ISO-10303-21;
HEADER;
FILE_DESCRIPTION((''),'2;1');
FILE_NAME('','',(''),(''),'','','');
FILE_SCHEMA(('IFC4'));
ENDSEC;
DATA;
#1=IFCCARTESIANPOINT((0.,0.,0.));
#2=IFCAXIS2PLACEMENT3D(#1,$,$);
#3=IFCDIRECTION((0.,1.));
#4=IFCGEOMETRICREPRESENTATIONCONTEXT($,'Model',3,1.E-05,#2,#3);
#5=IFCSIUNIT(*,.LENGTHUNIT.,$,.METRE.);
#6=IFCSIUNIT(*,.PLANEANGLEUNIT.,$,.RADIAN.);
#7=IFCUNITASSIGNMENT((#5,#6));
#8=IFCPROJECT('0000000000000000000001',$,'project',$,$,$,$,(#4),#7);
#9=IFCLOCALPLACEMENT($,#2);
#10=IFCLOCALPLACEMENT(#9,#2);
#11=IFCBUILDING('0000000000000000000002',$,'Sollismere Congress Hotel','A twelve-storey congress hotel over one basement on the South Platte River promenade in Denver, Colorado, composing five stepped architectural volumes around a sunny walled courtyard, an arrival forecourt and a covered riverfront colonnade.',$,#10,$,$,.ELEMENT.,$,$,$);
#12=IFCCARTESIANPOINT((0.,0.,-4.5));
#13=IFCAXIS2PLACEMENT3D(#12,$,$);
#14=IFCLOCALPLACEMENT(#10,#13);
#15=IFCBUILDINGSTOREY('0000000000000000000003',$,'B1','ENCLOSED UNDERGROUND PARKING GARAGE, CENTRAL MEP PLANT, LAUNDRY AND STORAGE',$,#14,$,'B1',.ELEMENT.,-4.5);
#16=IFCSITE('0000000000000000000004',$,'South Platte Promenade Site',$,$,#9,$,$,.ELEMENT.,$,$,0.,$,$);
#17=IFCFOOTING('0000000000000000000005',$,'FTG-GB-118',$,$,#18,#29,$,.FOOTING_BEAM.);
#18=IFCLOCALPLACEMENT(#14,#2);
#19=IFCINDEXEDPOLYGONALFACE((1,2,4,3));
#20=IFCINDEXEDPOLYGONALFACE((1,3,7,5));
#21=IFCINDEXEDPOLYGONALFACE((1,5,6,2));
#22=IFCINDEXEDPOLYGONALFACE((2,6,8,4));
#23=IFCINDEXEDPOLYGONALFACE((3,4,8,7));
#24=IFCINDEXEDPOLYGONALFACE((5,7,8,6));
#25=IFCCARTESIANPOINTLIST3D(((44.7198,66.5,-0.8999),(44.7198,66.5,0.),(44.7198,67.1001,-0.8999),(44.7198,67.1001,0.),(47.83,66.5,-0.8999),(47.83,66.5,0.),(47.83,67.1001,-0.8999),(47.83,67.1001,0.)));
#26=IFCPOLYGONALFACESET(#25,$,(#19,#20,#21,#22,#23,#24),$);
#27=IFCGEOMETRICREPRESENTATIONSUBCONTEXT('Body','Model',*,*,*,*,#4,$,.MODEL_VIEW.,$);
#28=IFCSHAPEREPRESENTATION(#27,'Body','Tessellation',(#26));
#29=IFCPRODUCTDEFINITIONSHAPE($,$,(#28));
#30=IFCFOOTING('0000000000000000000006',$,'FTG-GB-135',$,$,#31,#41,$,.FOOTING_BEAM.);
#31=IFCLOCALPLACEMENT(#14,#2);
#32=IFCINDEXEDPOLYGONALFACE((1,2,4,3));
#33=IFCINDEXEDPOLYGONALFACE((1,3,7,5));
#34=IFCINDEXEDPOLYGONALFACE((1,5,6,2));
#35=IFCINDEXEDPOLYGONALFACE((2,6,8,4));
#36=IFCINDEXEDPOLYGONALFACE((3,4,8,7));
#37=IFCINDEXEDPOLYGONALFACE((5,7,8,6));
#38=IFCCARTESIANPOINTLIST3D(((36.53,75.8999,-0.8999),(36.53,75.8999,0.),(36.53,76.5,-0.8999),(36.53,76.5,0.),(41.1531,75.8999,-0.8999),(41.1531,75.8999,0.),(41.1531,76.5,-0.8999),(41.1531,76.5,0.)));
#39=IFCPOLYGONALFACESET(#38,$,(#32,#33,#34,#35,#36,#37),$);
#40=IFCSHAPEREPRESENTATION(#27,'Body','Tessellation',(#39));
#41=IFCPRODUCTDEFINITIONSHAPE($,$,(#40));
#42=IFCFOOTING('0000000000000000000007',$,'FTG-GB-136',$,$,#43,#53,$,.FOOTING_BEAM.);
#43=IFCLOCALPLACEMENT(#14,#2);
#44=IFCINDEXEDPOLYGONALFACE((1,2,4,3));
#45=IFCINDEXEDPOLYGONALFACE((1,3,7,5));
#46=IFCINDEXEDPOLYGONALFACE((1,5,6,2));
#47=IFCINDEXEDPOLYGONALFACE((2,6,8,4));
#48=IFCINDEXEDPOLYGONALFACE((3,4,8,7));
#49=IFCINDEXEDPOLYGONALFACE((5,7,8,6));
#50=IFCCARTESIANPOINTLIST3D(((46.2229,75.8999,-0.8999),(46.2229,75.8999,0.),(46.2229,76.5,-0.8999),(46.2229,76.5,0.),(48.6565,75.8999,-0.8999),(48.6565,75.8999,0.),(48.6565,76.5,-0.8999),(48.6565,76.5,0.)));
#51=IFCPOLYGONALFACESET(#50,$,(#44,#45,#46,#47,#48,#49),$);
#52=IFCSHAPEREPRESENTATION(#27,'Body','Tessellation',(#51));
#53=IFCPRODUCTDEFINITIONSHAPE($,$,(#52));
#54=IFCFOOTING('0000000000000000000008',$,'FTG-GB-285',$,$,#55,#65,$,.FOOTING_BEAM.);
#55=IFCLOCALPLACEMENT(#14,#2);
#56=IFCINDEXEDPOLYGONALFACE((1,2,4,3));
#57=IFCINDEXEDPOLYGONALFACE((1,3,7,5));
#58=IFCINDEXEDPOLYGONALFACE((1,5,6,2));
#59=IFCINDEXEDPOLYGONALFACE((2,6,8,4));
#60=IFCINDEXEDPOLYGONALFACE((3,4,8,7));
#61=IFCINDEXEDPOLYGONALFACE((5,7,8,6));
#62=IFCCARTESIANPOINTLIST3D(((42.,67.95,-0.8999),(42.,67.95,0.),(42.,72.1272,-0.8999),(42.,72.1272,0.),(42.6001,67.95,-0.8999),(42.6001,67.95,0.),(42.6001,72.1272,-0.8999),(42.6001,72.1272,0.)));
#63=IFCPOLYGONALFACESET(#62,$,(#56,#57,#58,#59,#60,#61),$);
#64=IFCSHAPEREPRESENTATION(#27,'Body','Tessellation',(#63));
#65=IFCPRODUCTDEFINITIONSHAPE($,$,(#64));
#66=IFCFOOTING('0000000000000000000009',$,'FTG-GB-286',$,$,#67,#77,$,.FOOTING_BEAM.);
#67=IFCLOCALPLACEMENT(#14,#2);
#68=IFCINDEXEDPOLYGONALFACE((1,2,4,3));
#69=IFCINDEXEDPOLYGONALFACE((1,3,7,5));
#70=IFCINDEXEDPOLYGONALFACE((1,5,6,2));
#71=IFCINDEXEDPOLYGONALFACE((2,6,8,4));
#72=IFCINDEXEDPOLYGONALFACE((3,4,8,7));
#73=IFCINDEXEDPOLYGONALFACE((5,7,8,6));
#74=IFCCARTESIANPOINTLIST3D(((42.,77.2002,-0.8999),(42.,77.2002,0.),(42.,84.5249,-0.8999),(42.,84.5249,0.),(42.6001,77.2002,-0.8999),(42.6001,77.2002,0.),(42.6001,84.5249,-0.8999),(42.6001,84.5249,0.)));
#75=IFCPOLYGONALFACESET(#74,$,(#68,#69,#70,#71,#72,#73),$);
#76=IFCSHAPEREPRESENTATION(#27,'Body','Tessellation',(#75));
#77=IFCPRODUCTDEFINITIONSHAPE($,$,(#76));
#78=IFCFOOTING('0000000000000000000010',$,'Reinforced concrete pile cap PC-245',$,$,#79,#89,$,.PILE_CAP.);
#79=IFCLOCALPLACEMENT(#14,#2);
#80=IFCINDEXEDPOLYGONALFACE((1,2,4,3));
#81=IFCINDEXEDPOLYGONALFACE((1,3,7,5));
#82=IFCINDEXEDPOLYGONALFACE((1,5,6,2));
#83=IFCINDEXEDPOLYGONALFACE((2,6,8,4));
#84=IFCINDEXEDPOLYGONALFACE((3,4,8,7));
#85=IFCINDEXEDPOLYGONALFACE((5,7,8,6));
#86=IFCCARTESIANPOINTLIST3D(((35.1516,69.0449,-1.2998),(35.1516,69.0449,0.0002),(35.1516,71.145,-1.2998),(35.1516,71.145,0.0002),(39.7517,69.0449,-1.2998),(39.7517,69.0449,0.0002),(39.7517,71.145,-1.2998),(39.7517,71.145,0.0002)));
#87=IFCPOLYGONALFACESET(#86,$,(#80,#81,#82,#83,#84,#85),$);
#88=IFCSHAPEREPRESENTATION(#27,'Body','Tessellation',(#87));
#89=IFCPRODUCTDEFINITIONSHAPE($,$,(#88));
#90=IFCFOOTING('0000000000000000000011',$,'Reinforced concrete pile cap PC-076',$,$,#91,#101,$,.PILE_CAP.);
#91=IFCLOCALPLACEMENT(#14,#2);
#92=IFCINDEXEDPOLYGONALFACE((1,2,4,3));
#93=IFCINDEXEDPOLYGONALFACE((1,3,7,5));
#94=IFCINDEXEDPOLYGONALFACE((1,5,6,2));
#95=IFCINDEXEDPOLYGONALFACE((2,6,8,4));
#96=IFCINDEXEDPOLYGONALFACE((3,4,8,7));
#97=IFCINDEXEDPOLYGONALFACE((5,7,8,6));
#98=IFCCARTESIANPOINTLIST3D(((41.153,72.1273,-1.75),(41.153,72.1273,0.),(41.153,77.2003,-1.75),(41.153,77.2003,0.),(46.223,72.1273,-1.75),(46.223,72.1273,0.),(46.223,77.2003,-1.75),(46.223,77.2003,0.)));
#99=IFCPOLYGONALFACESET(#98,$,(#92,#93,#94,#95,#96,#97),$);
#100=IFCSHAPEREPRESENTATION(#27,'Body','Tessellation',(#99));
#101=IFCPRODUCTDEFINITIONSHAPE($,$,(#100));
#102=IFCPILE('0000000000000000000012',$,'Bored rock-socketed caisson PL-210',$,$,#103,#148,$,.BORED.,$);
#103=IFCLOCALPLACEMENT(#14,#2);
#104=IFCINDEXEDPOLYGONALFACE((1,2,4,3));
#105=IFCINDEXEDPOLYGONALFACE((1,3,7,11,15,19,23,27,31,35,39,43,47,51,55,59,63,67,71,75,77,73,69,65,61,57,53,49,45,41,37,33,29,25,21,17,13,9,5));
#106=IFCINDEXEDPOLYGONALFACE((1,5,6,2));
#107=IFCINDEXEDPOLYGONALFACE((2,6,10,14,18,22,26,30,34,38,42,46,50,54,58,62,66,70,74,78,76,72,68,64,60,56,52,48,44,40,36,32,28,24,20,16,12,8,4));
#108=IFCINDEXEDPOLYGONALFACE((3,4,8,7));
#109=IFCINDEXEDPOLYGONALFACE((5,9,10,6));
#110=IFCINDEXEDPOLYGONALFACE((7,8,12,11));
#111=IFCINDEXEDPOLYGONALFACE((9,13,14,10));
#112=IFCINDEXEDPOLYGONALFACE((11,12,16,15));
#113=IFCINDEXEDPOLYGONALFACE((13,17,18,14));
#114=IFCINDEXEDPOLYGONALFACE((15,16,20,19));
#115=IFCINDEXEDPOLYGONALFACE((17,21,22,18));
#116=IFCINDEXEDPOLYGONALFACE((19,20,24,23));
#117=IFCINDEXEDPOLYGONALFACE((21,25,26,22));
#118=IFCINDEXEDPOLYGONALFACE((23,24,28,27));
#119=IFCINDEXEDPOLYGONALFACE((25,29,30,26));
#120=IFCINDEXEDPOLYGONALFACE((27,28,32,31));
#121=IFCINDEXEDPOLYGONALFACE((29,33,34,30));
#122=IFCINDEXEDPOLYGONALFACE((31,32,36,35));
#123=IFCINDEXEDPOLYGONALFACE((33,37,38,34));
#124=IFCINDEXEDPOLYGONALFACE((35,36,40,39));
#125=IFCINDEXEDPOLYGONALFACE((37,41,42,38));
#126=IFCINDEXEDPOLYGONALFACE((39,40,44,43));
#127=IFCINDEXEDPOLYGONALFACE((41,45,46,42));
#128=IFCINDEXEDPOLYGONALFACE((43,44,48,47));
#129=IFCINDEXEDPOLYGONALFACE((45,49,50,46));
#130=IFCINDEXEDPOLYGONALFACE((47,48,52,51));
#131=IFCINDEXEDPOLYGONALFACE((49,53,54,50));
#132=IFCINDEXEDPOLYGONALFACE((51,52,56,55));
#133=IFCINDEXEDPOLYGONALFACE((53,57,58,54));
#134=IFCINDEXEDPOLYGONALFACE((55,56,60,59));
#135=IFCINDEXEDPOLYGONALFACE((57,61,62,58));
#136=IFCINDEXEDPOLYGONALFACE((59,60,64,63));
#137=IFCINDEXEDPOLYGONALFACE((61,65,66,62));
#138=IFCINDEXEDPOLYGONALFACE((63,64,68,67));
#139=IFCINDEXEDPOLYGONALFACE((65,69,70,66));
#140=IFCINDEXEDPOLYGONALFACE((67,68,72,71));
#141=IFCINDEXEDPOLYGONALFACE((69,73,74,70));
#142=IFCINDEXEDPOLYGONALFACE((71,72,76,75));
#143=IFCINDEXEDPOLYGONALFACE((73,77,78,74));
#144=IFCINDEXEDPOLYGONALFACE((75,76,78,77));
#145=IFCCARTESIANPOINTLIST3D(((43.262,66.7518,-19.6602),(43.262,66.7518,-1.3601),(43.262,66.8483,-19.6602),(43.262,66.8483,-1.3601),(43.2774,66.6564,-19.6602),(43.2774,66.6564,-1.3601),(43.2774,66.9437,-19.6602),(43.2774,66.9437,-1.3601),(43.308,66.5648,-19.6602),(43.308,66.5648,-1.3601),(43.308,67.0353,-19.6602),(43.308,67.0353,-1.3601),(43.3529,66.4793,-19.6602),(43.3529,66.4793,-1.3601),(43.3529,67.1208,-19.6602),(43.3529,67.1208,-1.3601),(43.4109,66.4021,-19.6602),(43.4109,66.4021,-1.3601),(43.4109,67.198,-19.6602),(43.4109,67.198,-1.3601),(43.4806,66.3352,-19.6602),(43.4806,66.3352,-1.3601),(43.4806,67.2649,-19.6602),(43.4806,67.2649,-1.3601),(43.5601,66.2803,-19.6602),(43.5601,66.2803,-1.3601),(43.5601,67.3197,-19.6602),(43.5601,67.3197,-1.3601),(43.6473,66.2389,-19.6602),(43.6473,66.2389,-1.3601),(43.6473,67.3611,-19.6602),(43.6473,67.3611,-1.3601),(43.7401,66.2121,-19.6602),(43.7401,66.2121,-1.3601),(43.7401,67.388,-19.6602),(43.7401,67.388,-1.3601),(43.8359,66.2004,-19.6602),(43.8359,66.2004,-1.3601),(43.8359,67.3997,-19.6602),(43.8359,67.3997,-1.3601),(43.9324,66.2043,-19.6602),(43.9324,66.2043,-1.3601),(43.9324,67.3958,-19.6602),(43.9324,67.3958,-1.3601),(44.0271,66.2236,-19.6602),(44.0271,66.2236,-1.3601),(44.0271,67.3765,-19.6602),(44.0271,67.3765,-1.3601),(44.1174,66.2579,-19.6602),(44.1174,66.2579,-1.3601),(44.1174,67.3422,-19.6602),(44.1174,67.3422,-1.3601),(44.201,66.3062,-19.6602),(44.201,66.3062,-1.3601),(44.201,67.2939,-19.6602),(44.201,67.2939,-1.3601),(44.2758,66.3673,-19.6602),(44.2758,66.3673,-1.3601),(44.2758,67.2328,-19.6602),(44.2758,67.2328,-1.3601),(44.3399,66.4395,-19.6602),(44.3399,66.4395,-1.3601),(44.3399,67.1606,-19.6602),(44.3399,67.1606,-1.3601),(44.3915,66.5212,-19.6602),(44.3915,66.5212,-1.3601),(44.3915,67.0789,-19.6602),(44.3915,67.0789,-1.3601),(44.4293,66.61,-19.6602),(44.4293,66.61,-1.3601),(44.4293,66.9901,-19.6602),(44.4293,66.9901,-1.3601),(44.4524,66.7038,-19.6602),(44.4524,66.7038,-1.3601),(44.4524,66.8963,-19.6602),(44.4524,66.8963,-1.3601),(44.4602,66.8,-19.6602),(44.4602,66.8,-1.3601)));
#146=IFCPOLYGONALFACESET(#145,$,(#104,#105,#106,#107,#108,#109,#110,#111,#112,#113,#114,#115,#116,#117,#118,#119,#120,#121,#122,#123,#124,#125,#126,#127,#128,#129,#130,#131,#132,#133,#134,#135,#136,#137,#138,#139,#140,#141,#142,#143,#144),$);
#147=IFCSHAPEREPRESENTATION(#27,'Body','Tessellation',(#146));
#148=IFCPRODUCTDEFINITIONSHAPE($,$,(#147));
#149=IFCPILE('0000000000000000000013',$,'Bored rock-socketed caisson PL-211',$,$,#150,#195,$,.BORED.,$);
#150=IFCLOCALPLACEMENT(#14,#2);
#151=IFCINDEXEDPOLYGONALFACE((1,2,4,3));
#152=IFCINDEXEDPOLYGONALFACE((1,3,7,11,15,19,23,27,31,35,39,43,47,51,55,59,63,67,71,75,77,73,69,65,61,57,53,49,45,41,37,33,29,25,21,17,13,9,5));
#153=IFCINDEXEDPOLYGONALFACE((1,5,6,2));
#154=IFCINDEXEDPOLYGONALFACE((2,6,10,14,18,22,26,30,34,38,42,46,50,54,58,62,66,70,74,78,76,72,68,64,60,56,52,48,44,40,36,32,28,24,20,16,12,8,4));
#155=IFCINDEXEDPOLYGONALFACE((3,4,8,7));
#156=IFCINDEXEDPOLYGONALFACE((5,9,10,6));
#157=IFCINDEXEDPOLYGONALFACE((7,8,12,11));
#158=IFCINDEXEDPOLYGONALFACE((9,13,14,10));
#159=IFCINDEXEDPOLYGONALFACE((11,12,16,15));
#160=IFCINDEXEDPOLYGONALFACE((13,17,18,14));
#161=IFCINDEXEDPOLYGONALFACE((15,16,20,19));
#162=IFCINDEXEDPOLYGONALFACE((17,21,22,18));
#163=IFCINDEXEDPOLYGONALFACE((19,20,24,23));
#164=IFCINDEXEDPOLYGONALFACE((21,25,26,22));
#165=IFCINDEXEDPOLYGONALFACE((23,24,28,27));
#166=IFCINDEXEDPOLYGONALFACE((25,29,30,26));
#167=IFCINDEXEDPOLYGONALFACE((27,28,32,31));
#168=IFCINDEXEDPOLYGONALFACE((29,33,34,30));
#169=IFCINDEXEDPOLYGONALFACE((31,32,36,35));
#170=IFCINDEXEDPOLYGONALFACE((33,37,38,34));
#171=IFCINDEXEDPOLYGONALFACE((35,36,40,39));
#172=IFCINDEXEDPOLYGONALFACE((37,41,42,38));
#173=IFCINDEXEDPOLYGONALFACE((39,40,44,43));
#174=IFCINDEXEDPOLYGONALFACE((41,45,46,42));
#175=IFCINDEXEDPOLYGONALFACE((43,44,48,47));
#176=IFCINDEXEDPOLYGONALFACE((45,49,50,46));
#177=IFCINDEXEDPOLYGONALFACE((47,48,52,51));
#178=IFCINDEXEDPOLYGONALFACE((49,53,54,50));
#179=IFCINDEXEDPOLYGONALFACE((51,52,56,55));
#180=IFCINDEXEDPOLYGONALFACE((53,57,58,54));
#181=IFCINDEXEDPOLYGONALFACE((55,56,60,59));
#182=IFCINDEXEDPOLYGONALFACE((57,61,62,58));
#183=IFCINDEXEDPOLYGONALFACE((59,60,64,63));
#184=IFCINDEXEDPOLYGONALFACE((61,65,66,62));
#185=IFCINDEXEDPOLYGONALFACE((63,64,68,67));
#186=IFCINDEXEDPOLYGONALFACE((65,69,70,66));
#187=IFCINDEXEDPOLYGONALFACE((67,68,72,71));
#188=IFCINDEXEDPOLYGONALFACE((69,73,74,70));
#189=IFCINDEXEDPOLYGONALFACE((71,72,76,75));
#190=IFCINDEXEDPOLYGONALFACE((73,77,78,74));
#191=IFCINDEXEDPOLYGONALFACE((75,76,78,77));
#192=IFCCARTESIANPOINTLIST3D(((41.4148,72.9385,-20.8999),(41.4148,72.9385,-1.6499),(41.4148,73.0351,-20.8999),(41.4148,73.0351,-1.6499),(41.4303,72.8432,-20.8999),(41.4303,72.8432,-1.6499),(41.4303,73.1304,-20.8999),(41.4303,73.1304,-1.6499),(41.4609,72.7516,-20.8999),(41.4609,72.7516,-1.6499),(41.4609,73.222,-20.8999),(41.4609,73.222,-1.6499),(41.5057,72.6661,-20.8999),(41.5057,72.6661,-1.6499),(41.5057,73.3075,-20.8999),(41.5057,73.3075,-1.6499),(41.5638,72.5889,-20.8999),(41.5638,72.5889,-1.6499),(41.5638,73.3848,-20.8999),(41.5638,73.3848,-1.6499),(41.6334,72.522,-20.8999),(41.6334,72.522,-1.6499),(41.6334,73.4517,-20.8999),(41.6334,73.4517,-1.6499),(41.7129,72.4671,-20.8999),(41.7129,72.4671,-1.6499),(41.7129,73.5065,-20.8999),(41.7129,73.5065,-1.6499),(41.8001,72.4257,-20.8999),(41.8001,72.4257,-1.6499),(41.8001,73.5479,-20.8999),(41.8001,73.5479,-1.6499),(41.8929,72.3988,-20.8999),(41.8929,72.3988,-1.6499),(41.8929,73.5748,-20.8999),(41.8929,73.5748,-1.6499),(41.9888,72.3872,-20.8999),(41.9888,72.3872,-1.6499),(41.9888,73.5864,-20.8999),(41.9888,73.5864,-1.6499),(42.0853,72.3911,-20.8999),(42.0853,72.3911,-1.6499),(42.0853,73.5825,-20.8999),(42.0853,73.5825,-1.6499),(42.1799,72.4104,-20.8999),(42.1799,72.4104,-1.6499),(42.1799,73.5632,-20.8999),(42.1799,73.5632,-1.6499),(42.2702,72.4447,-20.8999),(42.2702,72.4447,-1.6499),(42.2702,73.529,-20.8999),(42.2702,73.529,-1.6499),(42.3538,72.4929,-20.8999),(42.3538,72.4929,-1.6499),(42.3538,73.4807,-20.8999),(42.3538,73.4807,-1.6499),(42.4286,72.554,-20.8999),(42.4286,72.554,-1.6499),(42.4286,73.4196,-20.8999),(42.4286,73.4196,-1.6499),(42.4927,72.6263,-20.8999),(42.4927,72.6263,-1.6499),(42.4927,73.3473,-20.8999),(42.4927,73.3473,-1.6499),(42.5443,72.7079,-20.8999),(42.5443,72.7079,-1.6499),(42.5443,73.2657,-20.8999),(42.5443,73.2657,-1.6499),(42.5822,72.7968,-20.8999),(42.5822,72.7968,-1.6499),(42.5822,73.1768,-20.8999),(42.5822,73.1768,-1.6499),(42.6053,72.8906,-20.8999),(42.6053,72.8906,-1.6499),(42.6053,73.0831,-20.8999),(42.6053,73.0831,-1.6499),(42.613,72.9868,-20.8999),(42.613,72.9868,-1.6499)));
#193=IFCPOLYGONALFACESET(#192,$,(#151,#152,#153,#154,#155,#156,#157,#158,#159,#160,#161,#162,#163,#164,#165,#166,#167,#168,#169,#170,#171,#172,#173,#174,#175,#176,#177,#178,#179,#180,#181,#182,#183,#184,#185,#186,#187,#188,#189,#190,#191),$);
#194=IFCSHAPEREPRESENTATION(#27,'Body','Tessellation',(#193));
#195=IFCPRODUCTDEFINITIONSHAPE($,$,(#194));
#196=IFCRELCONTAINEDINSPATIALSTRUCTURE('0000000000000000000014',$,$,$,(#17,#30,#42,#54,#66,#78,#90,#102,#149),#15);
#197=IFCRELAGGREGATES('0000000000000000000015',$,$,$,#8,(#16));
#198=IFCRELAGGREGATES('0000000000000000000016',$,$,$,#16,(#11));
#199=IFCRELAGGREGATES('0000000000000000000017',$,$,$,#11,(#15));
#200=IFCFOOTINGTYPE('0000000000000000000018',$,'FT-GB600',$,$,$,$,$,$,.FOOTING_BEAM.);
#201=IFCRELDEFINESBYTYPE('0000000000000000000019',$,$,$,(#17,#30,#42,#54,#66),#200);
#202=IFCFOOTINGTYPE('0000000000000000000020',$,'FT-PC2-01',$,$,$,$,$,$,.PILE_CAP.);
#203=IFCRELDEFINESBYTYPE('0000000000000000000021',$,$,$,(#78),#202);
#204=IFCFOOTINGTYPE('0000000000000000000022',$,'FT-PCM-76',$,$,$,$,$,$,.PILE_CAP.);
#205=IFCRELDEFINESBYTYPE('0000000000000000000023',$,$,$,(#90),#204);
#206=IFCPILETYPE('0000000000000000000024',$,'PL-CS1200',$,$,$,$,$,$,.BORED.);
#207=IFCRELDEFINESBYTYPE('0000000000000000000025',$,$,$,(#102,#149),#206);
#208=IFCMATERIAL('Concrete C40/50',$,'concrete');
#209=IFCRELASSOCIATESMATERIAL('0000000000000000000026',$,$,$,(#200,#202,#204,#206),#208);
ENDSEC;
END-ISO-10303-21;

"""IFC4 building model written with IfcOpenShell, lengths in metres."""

from ifc_helpers import new_model, si_unit, direction, frame, origin, origin_2d, place, context, subcontext, project, spatial, rectangle, circle, extrude, material, material_profile, profile_set, type_object, element, save


model = new_model("IFC4")

# Units and contexts
model_context = context("Model", 3, precision=1e-05, world=origin(), true_north=direction((0.0, 1.0)))
body_context = subcontext(model_context, "Body", "Model", "MODEL_VIEW")
ifc_project = project(units=[si_unit("LENGTHUNIT", "METRE"), si_unit("PLANEANGLEUNIT", "RADIAN")], contexts=[model_context])

# Site, building, storey
site_placement = place(None, origin())
site = spatial("IfcSite", under=ifc_project, at=site_placement, Name="South Platte Promenade Site", CompositionType="ELEMENT", RefElevation=0.0)
building_placement = place(site_placement, origin())
building = spatial("IfcBuilding", under=site, at=building_placement, Name="Sollismere Congress Hotel", Description="A twelve-storey congress hotel over one basement on the South Platte River promenade in Denver, Colorado, composing five stepped architectural volumes around a sunny walled courtyard, an arrival forecourt and a covered riverfront colonnade.", CompositionType="ELEMENT")
storey_placement = place(building_placement, frame((0.0, 0.0, -4.5)))
storey = spatial("IfcBuildingStorey", under=building, at=storey_placement, Name="B1", Description="ENCLOSED UNDERGROUND PARKING GARAGE, CENTRAL MEP PLANT, LAUNDRY AND STORAGE", LongName="B1", CompositionType="ELEMENT", Elevation=-4.5)

# Footings
ifc_material_1 = material(Name="Concrete C40/50", Category="concrete")
footing_type_1 = type_object("IfcFootingType", Name="FT-GB600", PredefinedType="FOOTING_BEAM", material=ifc_material_1)
footing_1_placement = place(storey_placement, frame((46.2749, 66.8, -0.8999), z_axis=(0.0, 0.0, 1.0), x_axis=(1.0, 0.0, 0.0)))
element("IfcFooting", 1, at=footing_1_placement, inside=storey, type_object=footing_type_1, Name="FTG-GB-118", PredefinedType="FOOTING_BEAM", context=body_context, shape_type="SweptSolid", body=[
    extrude(rectangle(XDim=3.1101, YDim=0.6001, at=origin_2d()), origin(), (0.0, 0.0, 1.0), 0.8999),
])
footing_2_placement = place(storey_placement, frame((38.8416, 76.2, -0.8999), z_axis=(0.0, 0.0, 1.0), x_axis=(1.0, 0.0, 0.0)))
element("IfcFooting", 2, at=footing_2_placement, inside=storey, type_object=footing_type_1, Name="FTG-GB-135", PredefinedType="FOOTING_BEAM", context=body_context, shape_type="SweptSolid", body=[
    extrude(rectangle(XDim=4.623, YDim=0.6001, at=origin_2d()), origin(), (0.0, 0.0, 1.0), 0.8999),
])
footing_3_placement = place(storey_placement, frame((47.4397, 76.2, -0.8999), z_axis=(0.0, 0.0, 1.0), x_axis=(1.0, 0.0, 0.0)))
element("IfcFooting", 3, at=footing_3_placement, inside=storey, type_object=footing_type_1, Name="FTG-GB-136", PredefinedType="FOOTING_BEAM", context=body_context, shape_type="SweptSolid", body=[
    extrude(rectangle(XDim=2.4336, YDim=0.6001, at=origin_2d()), origin(), (0.0, 0.0, 1.0), 0.8999),
])
footing_4_placement = place(storey_placement, frame((42.3, 70.0386, -0.8999), z_axis=(0.0, 0.0, 1.0), x_axis=(0.0, 1.0, 0.0)))
element("IfcFooting", 4, at=footing_4_placement, inside=storey, type_object=footing_type_1, Name="FTG-GB-285", PredefinedType="FOOTING_BEAM", context=body_context, shape_type="SweptSolid", body=[
    extrude(rectangle(XDim=4.1772, YDim=0.6001, at=origin_2d()), origin(), (0.0, 0.0, 1.0), 0.8999),
])
footing_5_placement = place(storey_placement, frame((42.3, 80.8625, -0.8999), z_axis=(0.0, 0.0, 1.0), x_axis=(0.0, 1.0, 0.0)))
element("IfcFooting", 5, at=footing_5_placement, inside=storey, type_object=footing_type_1, Name="FTG-GB-286", PredefinedType="FOOTING_BEAM", context=body_context, shape_type="SweptSolid", body=[
    extrude(rectangle(XDim=7.3247, YDim=0.6001, at=origin_2d()), origin(), (0.0, 0.0, 1.0), 0.8999),
])
footing_type_2 = type_object("IfcFootingType", Name="FT-PC2-01", PredefinedType="PILE_CAP", material=ifc_material_1)
footing_6_placement = place(storey_placement, frame((37.4517, 70.095, -1.2998), z_axis=(0.0, 0.0, 1.0), x_axis=(1.0, 0.0, 0.0)))
element("IfcFooting", 6, at=footing_6_placement, inside=storey, type_object=footing_type_2, Name="Reinforced concrete pile cap PC-245", PredefinedType="PILE_CAP", context=body_context, shape_type="SweptSolid", body=[
    extrude(rectangle(XDim=4.6001, YDim=2.1001, at=origin_2d()), origin(), (0.0, 0.0, 1.0), 1.3),
])
footing_type_3 = type_object("IfcFootingType", Name="FT-PCM-76", PredefinedType="PILE_CAP", material=ifc_material_1)
footing_7_placement = place(storey_placement, frame((43.688, 74.6638, -1.75), z_axis=(0.0, 0.0, 1.0), x_axis=(1.0, 0.0, 0.0)))
element("IfcFooting", 7, at=footing_7_placement, inside=storey, type_object=footing_type_3, Name="Reinforced concrete pile cap PC-076", PredefinedType="PILE_CAP", context=body_context, shape_type="SweptSolid", body=[
    extrude(rectangle(XDim=5.0701, YDim=5.073, at=origin_2d()), origin(), (0.0, 0.0, 1.0), 1.75),
])

# Piles
ifc_material_profile_1 = material_profile(ifc_material_1, circle(Radius=0.6001, at=origin_2d()), Name="CAISSON1200")
ifc_profile_set_1 = profile_set([ifc_material_profile_1], Name="Concrete C40/50")
pile_type = type_object("IfcPileType", Name="PL-CS1200", PredefinedType="BORED", material=ifc_profile_set_1)
pile_placement = place(storey_placement, frame((43.8601, 66.8, -1.3601), z_axis=(0.0, 0.0, -1.0), x_axis=(1.0, 0.0, 0.0)))
element("IfcPile", 8, at=pile_placement, inside=storey, type_object=pile_type, Name="Bored rock-socketed caisson PL-210", PredefinedType="BORED", context=body_context, shape_type="SweptSolid", body=[
    extrude(circle(Radius=0.6001, at=origin_2d()), origin(), (0.0, 0.0, 1.0), 18.3),
])
for number, where, z_axis, x_axis, name in (
    (9, (42.0129, 72.9868, -1.6499), (0.0, 0.0, -1.0), (1.0, 0.0, 0.0), "Bored rock-socketed caisson PL-211"),
):
    element("IfcPile", number, at=place(storey_placement, frame(where, z_axis=z_axis, x_axis=x_axis)), inside=storey, type_object=pile_type, Name=name, PredefinedType="BORED", context=body_context, shape_type="SweptSolid", body=[
        extrude(circle(Radius=0.6001, at=origin_2d()), origin(), (0.0, 0.0, 1.0), 19.25),
    ])

save(model, "model.ifc")
